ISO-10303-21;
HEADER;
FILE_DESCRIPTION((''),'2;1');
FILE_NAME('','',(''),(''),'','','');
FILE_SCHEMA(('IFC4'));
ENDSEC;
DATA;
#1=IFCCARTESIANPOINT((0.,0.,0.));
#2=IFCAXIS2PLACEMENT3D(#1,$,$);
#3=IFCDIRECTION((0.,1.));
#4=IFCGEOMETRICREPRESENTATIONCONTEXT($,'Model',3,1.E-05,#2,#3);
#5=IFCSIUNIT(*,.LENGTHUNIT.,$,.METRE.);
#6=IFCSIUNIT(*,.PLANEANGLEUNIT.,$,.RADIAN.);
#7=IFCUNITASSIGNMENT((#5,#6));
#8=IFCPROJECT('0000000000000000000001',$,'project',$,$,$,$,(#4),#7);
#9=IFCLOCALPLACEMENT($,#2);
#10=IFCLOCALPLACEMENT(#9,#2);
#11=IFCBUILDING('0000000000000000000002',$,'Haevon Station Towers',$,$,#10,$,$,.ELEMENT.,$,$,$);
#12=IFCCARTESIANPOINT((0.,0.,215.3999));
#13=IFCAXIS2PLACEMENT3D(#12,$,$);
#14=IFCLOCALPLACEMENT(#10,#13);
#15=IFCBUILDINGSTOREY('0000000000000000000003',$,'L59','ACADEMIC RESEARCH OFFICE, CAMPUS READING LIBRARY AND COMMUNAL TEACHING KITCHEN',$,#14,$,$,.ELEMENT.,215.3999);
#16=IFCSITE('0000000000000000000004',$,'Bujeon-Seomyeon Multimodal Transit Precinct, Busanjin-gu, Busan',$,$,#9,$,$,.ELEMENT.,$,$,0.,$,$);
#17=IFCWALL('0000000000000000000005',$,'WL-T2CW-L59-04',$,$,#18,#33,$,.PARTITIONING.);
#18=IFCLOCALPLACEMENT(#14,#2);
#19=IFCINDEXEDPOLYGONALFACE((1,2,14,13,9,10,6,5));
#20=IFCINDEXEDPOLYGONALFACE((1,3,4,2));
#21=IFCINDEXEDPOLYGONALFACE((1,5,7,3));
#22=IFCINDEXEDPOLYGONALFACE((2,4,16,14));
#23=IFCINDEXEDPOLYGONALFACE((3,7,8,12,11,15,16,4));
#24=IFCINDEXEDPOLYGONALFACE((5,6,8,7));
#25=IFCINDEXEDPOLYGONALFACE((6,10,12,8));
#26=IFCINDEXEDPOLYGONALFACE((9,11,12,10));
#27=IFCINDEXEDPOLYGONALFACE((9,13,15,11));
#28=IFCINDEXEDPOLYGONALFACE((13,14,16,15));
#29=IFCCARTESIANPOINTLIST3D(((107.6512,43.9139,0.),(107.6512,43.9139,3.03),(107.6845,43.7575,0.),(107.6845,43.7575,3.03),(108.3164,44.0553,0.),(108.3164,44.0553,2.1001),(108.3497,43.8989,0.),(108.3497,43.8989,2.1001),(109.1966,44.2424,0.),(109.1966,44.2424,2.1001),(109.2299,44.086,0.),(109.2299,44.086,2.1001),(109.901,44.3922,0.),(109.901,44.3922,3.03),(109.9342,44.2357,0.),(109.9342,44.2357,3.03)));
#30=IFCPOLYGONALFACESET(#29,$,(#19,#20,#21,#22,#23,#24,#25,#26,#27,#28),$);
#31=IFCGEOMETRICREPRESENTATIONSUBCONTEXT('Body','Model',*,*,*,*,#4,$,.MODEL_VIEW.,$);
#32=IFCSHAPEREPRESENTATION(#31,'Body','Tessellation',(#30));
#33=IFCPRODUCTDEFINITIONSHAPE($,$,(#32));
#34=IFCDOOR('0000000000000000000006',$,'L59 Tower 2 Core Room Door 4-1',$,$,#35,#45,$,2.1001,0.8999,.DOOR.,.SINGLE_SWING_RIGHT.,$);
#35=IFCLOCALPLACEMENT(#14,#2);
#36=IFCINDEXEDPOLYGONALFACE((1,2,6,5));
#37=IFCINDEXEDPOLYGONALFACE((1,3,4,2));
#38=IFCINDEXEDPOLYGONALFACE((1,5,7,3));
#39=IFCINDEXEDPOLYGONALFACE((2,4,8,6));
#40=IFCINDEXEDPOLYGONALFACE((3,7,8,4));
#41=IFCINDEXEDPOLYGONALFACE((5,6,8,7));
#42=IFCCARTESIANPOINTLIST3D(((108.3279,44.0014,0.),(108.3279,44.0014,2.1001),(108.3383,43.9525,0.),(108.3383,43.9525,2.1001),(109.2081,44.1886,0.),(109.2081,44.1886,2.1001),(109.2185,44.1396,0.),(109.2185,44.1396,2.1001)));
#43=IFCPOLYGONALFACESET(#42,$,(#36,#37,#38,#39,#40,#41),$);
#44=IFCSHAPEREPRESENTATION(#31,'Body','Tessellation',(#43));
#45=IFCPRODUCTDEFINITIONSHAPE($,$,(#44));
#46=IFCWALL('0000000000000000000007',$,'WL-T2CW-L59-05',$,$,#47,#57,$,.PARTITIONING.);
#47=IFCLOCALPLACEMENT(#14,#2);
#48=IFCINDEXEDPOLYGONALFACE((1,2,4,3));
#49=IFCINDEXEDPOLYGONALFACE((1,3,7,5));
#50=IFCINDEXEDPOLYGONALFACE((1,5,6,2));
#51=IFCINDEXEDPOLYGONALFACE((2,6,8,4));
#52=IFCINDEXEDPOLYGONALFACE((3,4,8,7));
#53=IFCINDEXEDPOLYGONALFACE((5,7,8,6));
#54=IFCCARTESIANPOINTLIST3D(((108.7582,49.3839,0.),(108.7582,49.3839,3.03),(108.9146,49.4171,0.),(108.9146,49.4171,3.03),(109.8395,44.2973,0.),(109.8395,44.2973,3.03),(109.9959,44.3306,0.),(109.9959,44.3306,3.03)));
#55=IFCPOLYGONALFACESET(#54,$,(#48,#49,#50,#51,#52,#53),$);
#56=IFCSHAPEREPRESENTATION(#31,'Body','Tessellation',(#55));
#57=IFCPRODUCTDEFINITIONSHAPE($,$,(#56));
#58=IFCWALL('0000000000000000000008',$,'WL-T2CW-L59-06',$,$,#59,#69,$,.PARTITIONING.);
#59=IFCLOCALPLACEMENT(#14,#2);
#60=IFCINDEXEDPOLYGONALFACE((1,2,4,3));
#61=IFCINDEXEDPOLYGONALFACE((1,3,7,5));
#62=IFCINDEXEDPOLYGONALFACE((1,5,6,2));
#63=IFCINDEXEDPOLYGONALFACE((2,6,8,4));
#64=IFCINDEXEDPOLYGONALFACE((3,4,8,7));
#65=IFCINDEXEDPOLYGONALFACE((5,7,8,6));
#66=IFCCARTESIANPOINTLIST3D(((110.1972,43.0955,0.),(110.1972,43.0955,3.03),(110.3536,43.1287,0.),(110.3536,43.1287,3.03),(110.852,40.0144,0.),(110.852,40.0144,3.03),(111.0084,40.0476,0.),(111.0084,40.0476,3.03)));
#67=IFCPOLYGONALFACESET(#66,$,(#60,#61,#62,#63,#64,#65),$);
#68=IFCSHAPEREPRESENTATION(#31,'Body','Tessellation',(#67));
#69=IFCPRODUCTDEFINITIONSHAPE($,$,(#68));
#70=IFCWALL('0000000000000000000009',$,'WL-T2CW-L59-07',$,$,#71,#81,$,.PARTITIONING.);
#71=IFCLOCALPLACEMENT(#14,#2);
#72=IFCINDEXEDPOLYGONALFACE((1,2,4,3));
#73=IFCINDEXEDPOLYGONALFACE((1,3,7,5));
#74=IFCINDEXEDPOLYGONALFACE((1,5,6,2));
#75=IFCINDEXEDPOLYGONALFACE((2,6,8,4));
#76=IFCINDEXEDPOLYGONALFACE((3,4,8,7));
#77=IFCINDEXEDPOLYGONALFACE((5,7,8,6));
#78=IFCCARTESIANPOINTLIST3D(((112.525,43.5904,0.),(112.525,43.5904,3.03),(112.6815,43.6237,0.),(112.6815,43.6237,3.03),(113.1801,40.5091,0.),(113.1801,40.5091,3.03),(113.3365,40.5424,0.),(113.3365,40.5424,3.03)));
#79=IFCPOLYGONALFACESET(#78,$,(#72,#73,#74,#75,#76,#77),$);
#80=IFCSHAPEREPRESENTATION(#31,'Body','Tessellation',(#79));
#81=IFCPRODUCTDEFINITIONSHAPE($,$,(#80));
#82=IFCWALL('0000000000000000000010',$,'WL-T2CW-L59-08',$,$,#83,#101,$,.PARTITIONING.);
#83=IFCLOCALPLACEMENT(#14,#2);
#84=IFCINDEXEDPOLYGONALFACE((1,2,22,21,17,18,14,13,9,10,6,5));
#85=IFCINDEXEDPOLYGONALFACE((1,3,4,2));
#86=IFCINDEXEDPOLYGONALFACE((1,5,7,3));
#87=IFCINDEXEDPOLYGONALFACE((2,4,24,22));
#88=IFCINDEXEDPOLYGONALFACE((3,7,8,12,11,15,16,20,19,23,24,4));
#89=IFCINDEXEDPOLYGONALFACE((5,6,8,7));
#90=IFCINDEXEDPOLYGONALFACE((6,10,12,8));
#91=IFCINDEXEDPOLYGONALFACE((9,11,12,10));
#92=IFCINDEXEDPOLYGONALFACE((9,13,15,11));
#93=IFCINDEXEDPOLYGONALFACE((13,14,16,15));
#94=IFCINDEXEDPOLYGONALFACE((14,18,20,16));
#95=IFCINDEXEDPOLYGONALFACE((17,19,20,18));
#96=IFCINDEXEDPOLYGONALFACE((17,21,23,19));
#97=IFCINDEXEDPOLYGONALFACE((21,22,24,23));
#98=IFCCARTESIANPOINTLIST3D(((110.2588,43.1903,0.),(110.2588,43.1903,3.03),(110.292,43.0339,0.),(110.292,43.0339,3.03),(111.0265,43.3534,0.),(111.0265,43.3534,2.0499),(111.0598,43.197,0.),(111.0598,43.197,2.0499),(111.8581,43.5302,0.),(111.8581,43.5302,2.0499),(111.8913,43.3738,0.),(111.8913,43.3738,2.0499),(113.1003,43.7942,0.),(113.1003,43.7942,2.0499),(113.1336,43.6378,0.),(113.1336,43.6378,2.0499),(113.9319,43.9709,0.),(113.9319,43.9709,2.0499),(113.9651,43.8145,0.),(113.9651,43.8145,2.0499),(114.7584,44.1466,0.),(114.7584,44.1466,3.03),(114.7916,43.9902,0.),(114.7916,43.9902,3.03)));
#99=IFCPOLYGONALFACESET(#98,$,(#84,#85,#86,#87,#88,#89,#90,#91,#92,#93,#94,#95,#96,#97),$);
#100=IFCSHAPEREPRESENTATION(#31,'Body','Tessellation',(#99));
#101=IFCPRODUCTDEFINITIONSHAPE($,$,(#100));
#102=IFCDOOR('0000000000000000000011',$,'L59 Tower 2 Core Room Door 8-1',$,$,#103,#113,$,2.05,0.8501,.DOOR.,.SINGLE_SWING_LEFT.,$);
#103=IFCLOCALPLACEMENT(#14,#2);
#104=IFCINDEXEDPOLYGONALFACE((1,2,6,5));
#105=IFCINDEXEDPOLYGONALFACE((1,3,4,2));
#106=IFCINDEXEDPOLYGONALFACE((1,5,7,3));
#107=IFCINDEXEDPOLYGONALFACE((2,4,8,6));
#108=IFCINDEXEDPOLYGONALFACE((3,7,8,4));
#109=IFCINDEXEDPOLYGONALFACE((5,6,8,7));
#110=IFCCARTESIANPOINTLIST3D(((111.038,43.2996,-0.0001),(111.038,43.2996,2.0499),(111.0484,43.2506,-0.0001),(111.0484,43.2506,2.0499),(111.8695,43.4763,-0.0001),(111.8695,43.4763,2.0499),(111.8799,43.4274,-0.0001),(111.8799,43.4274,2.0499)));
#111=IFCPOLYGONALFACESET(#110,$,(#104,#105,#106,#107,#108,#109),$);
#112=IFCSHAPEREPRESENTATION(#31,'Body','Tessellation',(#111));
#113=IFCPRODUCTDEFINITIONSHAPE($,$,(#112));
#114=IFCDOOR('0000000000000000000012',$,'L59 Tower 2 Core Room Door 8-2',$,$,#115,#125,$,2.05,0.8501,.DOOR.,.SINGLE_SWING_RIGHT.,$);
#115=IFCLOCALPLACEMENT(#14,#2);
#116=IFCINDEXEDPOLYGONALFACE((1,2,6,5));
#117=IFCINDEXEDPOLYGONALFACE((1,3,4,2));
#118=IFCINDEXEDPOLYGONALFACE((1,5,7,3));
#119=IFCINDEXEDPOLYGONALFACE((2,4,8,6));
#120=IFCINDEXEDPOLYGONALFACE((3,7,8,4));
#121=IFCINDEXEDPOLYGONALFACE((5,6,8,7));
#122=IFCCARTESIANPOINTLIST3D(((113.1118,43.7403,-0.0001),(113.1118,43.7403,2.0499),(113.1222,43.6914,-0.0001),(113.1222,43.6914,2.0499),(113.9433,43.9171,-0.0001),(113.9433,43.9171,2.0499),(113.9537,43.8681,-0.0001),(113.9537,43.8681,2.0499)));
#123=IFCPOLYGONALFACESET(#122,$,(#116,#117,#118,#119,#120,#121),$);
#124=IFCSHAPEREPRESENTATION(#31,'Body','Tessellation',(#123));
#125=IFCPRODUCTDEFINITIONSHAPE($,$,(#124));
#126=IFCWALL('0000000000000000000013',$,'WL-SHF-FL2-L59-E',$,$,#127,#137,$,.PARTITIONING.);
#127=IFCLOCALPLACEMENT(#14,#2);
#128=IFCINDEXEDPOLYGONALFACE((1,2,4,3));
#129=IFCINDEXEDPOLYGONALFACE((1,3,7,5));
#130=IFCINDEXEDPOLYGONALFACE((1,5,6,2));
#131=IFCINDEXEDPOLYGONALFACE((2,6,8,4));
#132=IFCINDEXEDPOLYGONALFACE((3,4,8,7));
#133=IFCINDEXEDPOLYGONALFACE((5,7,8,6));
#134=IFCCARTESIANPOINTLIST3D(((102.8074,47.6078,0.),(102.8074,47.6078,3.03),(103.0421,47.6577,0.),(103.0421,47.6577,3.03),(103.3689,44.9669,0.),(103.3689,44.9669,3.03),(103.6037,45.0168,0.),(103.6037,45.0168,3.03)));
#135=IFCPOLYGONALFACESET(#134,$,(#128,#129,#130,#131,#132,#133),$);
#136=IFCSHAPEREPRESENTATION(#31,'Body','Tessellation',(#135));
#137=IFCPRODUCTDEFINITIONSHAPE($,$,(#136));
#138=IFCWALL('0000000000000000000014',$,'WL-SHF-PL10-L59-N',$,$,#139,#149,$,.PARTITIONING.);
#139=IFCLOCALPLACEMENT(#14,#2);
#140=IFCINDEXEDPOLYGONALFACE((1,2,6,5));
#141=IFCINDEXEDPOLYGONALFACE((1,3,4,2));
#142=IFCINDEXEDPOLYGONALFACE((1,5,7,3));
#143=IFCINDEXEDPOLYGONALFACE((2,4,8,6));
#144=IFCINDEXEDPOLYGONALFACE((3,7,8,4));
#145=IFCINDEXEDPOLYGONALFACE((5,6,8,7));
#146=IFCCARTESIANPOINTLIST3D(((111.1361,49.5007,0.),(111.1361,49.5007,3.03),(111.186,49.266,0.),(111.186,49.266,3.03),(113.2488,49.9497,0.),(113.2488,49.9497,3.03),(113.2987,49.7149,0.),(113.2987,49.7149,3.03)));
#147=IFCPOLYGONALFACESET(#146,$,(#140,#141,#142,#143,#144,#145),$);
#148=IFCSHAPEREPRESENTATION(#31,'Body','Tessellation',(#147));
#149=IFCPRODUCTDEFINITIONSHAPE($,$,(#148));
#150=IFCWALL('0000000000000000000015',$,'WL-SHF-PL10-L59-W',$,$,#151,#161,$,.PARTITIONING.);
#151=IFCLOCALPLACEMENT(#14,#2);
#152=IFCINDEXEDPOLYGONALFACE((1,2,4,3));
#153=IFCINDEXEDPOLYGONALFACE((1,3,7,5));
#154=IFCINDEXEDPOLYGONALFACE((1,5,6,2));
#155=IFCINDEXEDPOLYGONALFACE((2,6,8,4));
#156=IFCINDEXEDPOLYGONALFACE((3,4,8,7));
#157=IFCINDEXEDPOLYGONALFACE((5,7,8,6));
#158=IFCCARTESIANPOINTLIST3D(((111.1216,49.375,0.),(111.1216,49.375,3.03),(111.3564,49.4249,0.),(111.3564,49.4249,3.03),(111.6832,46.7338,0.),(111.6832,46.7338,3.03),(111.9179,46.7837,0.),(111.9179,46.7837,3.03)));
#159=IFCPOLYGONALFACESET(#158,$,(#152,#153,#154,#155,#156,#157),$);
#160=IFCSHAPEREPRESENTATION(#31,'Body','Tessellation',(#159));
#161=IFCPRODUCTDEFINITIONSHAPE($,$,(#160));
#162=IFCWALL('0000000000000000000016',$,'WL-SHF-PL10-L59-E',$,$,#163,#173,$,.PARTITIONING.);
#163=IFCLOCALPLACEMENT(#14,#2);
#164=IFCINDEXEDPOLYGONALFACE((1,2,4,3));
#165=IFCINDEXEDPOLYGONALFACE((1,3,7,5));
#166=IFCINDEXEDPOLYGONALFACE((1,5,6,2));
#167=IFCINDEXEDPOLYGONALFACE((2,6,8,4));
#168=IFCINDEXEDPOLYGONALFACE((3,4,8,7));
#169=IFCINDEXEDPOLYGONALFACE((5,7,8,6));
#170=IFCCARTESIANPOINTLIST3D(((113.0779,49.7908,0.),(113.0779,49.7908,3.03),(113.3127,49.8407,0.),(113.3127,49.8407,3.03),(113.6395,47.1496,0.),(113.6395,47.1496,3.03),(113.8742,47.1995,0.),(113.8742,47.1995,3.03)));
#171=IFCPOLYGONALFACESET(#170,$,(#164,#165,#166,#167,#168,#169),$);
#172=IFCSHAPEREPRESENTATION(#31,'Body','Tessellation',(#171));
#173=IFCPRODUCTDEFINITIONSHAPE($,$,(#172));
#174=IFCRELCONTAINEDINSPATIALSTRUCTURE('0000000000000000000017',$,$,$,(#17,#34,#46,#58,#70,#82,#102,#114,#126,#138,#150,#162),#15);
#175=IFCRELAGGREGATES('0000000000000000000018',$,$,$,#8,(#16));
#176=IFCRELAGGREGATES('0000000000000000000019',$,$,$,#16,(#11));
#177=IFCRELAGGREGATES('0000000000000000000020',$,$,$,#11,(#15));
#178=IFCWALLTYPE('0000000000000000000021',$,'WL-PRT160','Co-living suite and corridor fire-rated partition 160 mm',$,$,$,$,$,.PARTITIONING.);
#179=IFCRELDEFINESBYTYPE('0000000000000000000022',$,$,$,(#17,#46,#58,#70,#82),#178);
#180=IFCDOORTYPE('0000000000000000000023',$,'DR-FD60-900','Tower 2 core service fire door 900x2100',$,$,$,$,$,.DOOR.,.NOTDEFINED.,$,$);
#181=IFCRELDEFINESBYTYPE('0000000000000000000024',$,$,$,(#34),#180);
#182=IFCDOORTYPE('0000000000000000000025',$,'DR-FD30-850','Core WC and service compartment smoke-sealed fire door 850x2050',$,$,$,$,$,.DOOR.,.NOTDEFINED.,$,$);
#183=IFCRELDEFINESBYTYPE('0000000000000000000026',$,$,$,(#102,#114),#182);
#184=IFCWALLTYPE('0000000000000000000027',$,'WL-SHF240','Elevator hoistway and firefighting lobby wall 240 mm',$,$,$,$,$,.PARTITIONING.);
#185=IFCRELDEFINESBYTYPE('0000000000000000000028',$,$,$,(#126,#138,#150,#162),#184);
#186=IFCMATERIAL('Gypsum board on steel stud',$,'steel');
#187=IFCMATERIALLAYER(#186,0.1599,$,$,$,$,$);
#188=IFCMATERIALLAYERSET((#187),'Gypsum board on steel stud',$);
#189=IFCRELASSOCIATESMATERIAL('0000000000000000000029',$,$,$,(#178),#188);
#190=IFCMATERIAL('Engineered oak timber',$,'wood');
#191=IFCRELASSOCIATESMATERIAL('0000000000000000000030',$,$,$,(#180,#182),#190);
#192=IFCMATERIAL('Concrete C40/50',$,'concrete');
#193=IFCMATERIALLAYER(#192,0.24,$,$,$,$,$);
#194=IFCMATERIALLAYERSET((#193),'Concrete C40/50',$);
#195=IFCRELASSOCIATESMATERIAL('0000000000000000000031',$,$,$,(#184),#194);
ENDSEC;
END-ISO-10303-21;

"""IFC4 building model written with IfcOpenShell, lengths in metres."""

from ifc_helpers import new_model, si_unit, direction, frame, frame_2d, origin, place, context, subcontext, project, spatial, rectangle, extrude, material, layer, layer_set, type_object, element, fill, save


model = new_model("IFC4")

# Units and contexts
model_context = context("Model", 3, precision=1e-05, world=origin(), true_north=direction((0.0, 1.0)))
body_context = subcontext(model_context, "Body", "Model", "MODEL_VIEW")
ifc_project = project(units=[si_unit("LENGTHUNIT", "METRE"), si_unit("PLANEANGLEUNIT", "RADIAN")], contexts=[model_context])

# Site, building, storey
site_placement = place(None, origin())
site = spatial("IfcSite", under=ifc_project, at=site_placement, Name="Bujeon-Seomyeon Multimodal Transit Precinct, Busanjin-gu, Busan", CompositionType="ELEMENT", RefElevation=0.0)
building_placement = place(site_placement, origin())
building = spatial("IfcBuilding", under=site, at=building_placement, Name="Haevon Station Towers", CompositionType="ELEMENT")
storey_placement = place(building_placement, frame((0.0, 0.0, 215.3999)))
storey = spatial("IfcBuildingStorey", under=building, at=storey_placement, Name="L59", Description="ACADEMIC RESEARCH OFFICE, CAMPUS READING LIBRARY AND COMMUNAL TEACHING KITCHEN", CompositionType="ELEMENT", Elevation=215.3999)

# Shared definitions
ifc_material_1 = material(Name="Gypsum board on steel stud", Category="steel")
ifc_material_2 = material(Name="Engineered oak timber", Category="wood")

# Shared definitions
ifc_layer_1 = layer(ifc_material_1, 0.1599)
ifc_layer_set_1 = layer_set([ifc_layer_1], Name="Gypsum board on steel stud")
wall_type_1 = type_object("IfcWallType", Name="WL-PRT160", Description="Co-living suite and corridor fire-rated partition 160 mm", PredefinedType="PARTITIONING", material=ifc_layer_set_1)

# Shared definitions
door_type_1 = type_object("IfcDoorType", Name="DR-FD60-900", Description="Tower 2 core service fire door 900x2100", OperationType="NOTDEFINED", PredefinedType="DOOR", material=ifc_material_2)

# Wall, opening, door
wall_1_placement = place(storey_placement, frame((107.668, 43.8357, 0.0), z_axis=(0.0, 0.0, 1.0), x_axis=(0.978141, 0.207941, 0.0)))
wall_1 = element("IfcWall", 1, at=wall_1_placement, inside=storey, type_object=wall_type_1, Name="WL-T2CW-L59-04", PredefinedType="PARTITIONING", context=body_context, shape_type="SweptSolid", body=[
    extrude(rectangle(XDim=2.3, YDim=0.1599, at=frame_2d((1.1499, 0.0))), origin(), (0.0, 0.0, 1.0), 3.03),
])
opening_1_placement = place(wall_1_placement, frame((0.6799, 0.0, 0.0)))
opening_1 = element("IfcOpeningElement", 2, at=opening_1_placement, cuts=wall_1, PredefinedType="OPENING", context=body_context, shape_type="SweptSolid", body=[
    extrude(rectangle(XDim=0.8999, YDim=2.1001, at=frame_2d((0.45, 1.05))), frame((0.0, 0.0898, 0.0), z_axis=(0.0, -1.0, 0.0), x_axis=(1.0, 0.0, 0.0)), (0.0, 0.0, 1.0), 0.1799),
])
door_1_placement = place(opening_1_placement, origin())
door_1 = element("IfcDoor", 3, at=door_1_placement, inside=storey, type_object=door_type_1, Name="L59 Tower 2 Core Room Door 4-1", OperationType="SINGLE_SWING_RIGHT", OverallHeight=2.1001, OverallWidth=0.8999, PredefinedType="DOOR", context=body_context, shape_type="SweptSolid", body=[
    extrude(rectangle(XDim=0.8999, YDim=2.1001, at=frame_2d((0.45, 1.05))), frame((0.0, 0.0249, 0.0), z_axis=(0.0, -1.0, 0.0), x_axis=(1.0, 0.0, 0.0)), (0.0, 0.0, 1.0), 0.05),
])
fill(opening_1, door_1)

# Walls
wall_2_placement = place(storey_placement, frame((109.9177, 44.314, 0.0), z_axis=(0.0, 0.0, 1.0), x_axis=(-0.207938, 0.978142, 0.0)))
element("IfcWall", 4, at=wall_2_placement, inside=storey, type_object=wall_type_1, Name="WL-T2CW-L59-05", PredefinedType="PARTITIONING", context=body_context, shape_type="SweptSolid", body=[
    extrude(rectangle(XDim=5.2002, YDim=0.1599, at=frame_2d((2.6001, 0.0))), origin(), (0.0, 0.0, 1.0), 3.03),
])
wall_3_placement = place(storey_placement, frame((110.9302, 40.031, 0.0), z_axis=(0.0, 0.0, 1.0), x_axis=(-0.207877, 0.978155, 0.0)))
element("IfcWall", 5, at=wall_3_placement, inside=storey, type_object=wall_type_1, Name="WL-T2CW-L59-06", PredefinedType="PARTITIONING", context=body_context, shape_type="SweptSolid", body=[
    extrude(rectangle(XDim=3.1499, YDim=0.1599, at=frame_2d((1.575, 0.0))), origin(), (0.0, 0.0, 1.0), 3.03),
])
wall_4_placement = place(storey_placement, frame((113.2583, 40.5256, 0.0), z_axis=(0.0, 0.0, 1.0), x_axis=(-0.207936, 0.978142, 0.0)))
element("IfcWall", 6, at=wall_4_placement, inside=storey, type_object=wall_type_1, Name="WL-T2CW-L59-07", PredefinedType="PARTITIONING", context=body_context, shape_type="SweptSolid", body=[
    extrude(rectangle(XDim=3.1501, YDim=0.1599, at=frame_2d((1.5752, 0.0))), origin(), (0.0, 0.0, 1.0), 3.03),
])

# Wall, openings, doors
wall_5_placement = place(storey_placement, frame((110.2754, 43.1121, 0.0), z_axis=(0.0, 0.0, 1.0), x_axis=(0.978152, 0.20789, 0.0)))
wall_5 = element("IfcWall", 7, at=wall_5_placement, inside=storey, type_object=wall_type_1, Name="WL-T2CW-L59-08", PredefinedType="PARTITIONING", context=body_context, shape_type="SweptSolid", body=[
    extrude(rectangle(XDim=4.6001, YDim=0.1599, at=frame_2d((2.3, 0.0))), origin(), (0.0, 0.0, 1.0), 3.03),
])
opening_2_placement = place(wall_5_placement, frame((0.7849, 0.0, 0.0)))
opening_2 = element("IfcOpeningElement", 8, at=opening_2_placement, cuts=wall_5, PredefinedType="OPENING", context=body_context, shape_type="SweptSolid", body=[
    extrude(rectangle(XDim=0.8501, YDim=2.05, at=frame_2d((0.425, 1.0249))), frame((0.0, 0.0898, 0.0), z_axis=(0.0, -1.0, 0.0), x_axis=(1.0, 0.0, 0.0)), (0.0, 0.0, 1.0), 0.1799),
])
opening_3_placement = place(wall_5_placement, frame((2.905, 0.0, 0.0)))
opening_3 = element("IfcOpeningElement", 9, at=opening_3_placement, cuts=wall_5, PredefinedType="OPENING", context=body_context, shape_type="SweptSolid", body=[
    extrude(rectangle(XDim=0.8501, YDim=2.05, at=frame_2d((0.425, 1.0249))), frame((0.0, 0.0898, 0.0), z_axis=(0.0, -1.0, 0.0), x_axis=(1.0, 0.0, 0.0)), (0.0, 0.0, 1.0), 0.1799),
])
door_type_2 = type_object("IfcDoorType", Name="DR-FD30-850", Description="Core WC and service compartment smoke-sealed fire door 850x2050", OperationType="NOTDEFINED", PredefinedType="DOOR", material=ifc_material_2)
door_2_placement = place(opening_2_placement, origin())
door_2 = element("IfcDoor", 10, at=door_2_placement, inside=storey, type_object=door_type_2, Name="L59 Tower 2 Core Room Door 8-1", OperationType="SINGLE_SWING_LEFT", OverallHeight=2.05, OverallWidth=0.8501, PredefinedType="DOOR", context=body_context, shape_type="SweptSolid", body=[
    extrude(rectangle(XDim=0.8501, YDim=2.05, at=frame_2d((0.425, 1.0249))), frame((0.0, 0.0249, 0.0), z_axis=(0.0, -1.0, 0.0), x_axis=(1.0, 0.0, 0.0)), (0.0, 0.0, 1.0), 0.05),
])
fill(opening_2, door_2)
door_3_placement = place(opening_3_placement, origin())
door_3 = element("IfcDoor", 11, at=door_3_placement, inside=storey, type_object=door_type_2, Name="L59 Tower 2 Core Room Door 8-2", OperationType="SINGLE_SWING_RIGHT", OverallHeight=2.05, OverallWidth=0.8501, PredefinedType="DOOR", context=body_context, shape_type="SweptSolid", body=[
    extrude(rectangle(XDim=0.8501, YDim=2.05, at=frame_2d((0.425, 1.0249))), frame((0.0, 0.0249, 0.0), z_axis=(0.0, -1.0, 0.0), x_axis=(1.0, 0.0, 0.0)), (0.0, 0.0, 1.0), 0.05),
])
fill(opening_3, door_3)

# Wall
ifc_material_3 = material(Name="Concrete C40/50", Category="concrete")
ifc_layer_2 = layer(ifc_material_3, 0.24)
ifc_layer_set_2 = layer_set([ifc_layer_2], Name="Concrete C40/50")
wall_type_2 = type_object("IfcWallType", Name="WL-SHF240", Description="Elevator hoistway and firefighting lobby wall 240 mm", PredefinedType="PARTITIONING", material=ifc_layer_set_2)
wall_6_placement = place(storey_placement, frame((103.4863, 44.9917, 0.0), z_axis=(0.0, 0.0, 1.0), x_axis=(-0.207979, 0.978133, 0.0)))
element("IfcWall", 12, at=wall_6_placement, inside=storey, type_object=wall_type_2, Name="WL-SHF-FL2-L59-E", PredefinedType="PARTITIONING", context=body_context, shape_type="SweptSolid", body=[
    extrude(rectangle(XDim=2.7, YDim=0.24, at=frame_2d((1.3501, 0.0))), origin(), (0.0, 0.0, 1.0), 3.03),
])

# Walls
wall_7_placement = place(storey_placement, frame((111.1609, 49.3833, 0.0), z_axis=(0.0, 0.0, 1.0), x_axis=(0.978158, 0.207861, 0.0)))
element("IfcWall", 13, at=wall_7_placement, inside=storey, type_object=wall_type_2, Name="WL-SHF-PL10-L59-N", PredefinedType="PARTITIONING", context=body_context, shape_type="SweptSolid", body=[
    extrude(rectangle(XDim=2.1599, YDim=0.24, at=frame_2d((1.0801, 0.0))), origin(), (0.0, 0.0, 1.0), 3.03),
])
for number, where, z_axis, x_axis, name in (
    (14, (111.8005, 46.7588, 0.0), (0.0, 0.0, 1.0), (-0.20796, 0.978137, 0.0), "WL-SHF-PL10-L59-W"),
    (15, (113.7568, 47.1746, 0.0), (0.0, 0.0, 1.0), (-0.20796, 0.978137, 0.0), "WL-SHF-PL10-L59-E"),
):
    element("IfcWall", number, at=place(storey_placement, frame(where, z_axis=z_axis, x_axis=x_axis)), inside=storey, type_object=wall_type_2, Name=name, PredefinedType="PARTITIONING", context=body_context, shape_type="SweptSolid", body=[
        extrude(rectangle(XDim=2.7002, YDim=0.24, at=frame_2d((1.3501, 0.0))), origin(), (0.0, 0.0, 1.0), 3.03),
    ])

save(model, "model.ifc")
